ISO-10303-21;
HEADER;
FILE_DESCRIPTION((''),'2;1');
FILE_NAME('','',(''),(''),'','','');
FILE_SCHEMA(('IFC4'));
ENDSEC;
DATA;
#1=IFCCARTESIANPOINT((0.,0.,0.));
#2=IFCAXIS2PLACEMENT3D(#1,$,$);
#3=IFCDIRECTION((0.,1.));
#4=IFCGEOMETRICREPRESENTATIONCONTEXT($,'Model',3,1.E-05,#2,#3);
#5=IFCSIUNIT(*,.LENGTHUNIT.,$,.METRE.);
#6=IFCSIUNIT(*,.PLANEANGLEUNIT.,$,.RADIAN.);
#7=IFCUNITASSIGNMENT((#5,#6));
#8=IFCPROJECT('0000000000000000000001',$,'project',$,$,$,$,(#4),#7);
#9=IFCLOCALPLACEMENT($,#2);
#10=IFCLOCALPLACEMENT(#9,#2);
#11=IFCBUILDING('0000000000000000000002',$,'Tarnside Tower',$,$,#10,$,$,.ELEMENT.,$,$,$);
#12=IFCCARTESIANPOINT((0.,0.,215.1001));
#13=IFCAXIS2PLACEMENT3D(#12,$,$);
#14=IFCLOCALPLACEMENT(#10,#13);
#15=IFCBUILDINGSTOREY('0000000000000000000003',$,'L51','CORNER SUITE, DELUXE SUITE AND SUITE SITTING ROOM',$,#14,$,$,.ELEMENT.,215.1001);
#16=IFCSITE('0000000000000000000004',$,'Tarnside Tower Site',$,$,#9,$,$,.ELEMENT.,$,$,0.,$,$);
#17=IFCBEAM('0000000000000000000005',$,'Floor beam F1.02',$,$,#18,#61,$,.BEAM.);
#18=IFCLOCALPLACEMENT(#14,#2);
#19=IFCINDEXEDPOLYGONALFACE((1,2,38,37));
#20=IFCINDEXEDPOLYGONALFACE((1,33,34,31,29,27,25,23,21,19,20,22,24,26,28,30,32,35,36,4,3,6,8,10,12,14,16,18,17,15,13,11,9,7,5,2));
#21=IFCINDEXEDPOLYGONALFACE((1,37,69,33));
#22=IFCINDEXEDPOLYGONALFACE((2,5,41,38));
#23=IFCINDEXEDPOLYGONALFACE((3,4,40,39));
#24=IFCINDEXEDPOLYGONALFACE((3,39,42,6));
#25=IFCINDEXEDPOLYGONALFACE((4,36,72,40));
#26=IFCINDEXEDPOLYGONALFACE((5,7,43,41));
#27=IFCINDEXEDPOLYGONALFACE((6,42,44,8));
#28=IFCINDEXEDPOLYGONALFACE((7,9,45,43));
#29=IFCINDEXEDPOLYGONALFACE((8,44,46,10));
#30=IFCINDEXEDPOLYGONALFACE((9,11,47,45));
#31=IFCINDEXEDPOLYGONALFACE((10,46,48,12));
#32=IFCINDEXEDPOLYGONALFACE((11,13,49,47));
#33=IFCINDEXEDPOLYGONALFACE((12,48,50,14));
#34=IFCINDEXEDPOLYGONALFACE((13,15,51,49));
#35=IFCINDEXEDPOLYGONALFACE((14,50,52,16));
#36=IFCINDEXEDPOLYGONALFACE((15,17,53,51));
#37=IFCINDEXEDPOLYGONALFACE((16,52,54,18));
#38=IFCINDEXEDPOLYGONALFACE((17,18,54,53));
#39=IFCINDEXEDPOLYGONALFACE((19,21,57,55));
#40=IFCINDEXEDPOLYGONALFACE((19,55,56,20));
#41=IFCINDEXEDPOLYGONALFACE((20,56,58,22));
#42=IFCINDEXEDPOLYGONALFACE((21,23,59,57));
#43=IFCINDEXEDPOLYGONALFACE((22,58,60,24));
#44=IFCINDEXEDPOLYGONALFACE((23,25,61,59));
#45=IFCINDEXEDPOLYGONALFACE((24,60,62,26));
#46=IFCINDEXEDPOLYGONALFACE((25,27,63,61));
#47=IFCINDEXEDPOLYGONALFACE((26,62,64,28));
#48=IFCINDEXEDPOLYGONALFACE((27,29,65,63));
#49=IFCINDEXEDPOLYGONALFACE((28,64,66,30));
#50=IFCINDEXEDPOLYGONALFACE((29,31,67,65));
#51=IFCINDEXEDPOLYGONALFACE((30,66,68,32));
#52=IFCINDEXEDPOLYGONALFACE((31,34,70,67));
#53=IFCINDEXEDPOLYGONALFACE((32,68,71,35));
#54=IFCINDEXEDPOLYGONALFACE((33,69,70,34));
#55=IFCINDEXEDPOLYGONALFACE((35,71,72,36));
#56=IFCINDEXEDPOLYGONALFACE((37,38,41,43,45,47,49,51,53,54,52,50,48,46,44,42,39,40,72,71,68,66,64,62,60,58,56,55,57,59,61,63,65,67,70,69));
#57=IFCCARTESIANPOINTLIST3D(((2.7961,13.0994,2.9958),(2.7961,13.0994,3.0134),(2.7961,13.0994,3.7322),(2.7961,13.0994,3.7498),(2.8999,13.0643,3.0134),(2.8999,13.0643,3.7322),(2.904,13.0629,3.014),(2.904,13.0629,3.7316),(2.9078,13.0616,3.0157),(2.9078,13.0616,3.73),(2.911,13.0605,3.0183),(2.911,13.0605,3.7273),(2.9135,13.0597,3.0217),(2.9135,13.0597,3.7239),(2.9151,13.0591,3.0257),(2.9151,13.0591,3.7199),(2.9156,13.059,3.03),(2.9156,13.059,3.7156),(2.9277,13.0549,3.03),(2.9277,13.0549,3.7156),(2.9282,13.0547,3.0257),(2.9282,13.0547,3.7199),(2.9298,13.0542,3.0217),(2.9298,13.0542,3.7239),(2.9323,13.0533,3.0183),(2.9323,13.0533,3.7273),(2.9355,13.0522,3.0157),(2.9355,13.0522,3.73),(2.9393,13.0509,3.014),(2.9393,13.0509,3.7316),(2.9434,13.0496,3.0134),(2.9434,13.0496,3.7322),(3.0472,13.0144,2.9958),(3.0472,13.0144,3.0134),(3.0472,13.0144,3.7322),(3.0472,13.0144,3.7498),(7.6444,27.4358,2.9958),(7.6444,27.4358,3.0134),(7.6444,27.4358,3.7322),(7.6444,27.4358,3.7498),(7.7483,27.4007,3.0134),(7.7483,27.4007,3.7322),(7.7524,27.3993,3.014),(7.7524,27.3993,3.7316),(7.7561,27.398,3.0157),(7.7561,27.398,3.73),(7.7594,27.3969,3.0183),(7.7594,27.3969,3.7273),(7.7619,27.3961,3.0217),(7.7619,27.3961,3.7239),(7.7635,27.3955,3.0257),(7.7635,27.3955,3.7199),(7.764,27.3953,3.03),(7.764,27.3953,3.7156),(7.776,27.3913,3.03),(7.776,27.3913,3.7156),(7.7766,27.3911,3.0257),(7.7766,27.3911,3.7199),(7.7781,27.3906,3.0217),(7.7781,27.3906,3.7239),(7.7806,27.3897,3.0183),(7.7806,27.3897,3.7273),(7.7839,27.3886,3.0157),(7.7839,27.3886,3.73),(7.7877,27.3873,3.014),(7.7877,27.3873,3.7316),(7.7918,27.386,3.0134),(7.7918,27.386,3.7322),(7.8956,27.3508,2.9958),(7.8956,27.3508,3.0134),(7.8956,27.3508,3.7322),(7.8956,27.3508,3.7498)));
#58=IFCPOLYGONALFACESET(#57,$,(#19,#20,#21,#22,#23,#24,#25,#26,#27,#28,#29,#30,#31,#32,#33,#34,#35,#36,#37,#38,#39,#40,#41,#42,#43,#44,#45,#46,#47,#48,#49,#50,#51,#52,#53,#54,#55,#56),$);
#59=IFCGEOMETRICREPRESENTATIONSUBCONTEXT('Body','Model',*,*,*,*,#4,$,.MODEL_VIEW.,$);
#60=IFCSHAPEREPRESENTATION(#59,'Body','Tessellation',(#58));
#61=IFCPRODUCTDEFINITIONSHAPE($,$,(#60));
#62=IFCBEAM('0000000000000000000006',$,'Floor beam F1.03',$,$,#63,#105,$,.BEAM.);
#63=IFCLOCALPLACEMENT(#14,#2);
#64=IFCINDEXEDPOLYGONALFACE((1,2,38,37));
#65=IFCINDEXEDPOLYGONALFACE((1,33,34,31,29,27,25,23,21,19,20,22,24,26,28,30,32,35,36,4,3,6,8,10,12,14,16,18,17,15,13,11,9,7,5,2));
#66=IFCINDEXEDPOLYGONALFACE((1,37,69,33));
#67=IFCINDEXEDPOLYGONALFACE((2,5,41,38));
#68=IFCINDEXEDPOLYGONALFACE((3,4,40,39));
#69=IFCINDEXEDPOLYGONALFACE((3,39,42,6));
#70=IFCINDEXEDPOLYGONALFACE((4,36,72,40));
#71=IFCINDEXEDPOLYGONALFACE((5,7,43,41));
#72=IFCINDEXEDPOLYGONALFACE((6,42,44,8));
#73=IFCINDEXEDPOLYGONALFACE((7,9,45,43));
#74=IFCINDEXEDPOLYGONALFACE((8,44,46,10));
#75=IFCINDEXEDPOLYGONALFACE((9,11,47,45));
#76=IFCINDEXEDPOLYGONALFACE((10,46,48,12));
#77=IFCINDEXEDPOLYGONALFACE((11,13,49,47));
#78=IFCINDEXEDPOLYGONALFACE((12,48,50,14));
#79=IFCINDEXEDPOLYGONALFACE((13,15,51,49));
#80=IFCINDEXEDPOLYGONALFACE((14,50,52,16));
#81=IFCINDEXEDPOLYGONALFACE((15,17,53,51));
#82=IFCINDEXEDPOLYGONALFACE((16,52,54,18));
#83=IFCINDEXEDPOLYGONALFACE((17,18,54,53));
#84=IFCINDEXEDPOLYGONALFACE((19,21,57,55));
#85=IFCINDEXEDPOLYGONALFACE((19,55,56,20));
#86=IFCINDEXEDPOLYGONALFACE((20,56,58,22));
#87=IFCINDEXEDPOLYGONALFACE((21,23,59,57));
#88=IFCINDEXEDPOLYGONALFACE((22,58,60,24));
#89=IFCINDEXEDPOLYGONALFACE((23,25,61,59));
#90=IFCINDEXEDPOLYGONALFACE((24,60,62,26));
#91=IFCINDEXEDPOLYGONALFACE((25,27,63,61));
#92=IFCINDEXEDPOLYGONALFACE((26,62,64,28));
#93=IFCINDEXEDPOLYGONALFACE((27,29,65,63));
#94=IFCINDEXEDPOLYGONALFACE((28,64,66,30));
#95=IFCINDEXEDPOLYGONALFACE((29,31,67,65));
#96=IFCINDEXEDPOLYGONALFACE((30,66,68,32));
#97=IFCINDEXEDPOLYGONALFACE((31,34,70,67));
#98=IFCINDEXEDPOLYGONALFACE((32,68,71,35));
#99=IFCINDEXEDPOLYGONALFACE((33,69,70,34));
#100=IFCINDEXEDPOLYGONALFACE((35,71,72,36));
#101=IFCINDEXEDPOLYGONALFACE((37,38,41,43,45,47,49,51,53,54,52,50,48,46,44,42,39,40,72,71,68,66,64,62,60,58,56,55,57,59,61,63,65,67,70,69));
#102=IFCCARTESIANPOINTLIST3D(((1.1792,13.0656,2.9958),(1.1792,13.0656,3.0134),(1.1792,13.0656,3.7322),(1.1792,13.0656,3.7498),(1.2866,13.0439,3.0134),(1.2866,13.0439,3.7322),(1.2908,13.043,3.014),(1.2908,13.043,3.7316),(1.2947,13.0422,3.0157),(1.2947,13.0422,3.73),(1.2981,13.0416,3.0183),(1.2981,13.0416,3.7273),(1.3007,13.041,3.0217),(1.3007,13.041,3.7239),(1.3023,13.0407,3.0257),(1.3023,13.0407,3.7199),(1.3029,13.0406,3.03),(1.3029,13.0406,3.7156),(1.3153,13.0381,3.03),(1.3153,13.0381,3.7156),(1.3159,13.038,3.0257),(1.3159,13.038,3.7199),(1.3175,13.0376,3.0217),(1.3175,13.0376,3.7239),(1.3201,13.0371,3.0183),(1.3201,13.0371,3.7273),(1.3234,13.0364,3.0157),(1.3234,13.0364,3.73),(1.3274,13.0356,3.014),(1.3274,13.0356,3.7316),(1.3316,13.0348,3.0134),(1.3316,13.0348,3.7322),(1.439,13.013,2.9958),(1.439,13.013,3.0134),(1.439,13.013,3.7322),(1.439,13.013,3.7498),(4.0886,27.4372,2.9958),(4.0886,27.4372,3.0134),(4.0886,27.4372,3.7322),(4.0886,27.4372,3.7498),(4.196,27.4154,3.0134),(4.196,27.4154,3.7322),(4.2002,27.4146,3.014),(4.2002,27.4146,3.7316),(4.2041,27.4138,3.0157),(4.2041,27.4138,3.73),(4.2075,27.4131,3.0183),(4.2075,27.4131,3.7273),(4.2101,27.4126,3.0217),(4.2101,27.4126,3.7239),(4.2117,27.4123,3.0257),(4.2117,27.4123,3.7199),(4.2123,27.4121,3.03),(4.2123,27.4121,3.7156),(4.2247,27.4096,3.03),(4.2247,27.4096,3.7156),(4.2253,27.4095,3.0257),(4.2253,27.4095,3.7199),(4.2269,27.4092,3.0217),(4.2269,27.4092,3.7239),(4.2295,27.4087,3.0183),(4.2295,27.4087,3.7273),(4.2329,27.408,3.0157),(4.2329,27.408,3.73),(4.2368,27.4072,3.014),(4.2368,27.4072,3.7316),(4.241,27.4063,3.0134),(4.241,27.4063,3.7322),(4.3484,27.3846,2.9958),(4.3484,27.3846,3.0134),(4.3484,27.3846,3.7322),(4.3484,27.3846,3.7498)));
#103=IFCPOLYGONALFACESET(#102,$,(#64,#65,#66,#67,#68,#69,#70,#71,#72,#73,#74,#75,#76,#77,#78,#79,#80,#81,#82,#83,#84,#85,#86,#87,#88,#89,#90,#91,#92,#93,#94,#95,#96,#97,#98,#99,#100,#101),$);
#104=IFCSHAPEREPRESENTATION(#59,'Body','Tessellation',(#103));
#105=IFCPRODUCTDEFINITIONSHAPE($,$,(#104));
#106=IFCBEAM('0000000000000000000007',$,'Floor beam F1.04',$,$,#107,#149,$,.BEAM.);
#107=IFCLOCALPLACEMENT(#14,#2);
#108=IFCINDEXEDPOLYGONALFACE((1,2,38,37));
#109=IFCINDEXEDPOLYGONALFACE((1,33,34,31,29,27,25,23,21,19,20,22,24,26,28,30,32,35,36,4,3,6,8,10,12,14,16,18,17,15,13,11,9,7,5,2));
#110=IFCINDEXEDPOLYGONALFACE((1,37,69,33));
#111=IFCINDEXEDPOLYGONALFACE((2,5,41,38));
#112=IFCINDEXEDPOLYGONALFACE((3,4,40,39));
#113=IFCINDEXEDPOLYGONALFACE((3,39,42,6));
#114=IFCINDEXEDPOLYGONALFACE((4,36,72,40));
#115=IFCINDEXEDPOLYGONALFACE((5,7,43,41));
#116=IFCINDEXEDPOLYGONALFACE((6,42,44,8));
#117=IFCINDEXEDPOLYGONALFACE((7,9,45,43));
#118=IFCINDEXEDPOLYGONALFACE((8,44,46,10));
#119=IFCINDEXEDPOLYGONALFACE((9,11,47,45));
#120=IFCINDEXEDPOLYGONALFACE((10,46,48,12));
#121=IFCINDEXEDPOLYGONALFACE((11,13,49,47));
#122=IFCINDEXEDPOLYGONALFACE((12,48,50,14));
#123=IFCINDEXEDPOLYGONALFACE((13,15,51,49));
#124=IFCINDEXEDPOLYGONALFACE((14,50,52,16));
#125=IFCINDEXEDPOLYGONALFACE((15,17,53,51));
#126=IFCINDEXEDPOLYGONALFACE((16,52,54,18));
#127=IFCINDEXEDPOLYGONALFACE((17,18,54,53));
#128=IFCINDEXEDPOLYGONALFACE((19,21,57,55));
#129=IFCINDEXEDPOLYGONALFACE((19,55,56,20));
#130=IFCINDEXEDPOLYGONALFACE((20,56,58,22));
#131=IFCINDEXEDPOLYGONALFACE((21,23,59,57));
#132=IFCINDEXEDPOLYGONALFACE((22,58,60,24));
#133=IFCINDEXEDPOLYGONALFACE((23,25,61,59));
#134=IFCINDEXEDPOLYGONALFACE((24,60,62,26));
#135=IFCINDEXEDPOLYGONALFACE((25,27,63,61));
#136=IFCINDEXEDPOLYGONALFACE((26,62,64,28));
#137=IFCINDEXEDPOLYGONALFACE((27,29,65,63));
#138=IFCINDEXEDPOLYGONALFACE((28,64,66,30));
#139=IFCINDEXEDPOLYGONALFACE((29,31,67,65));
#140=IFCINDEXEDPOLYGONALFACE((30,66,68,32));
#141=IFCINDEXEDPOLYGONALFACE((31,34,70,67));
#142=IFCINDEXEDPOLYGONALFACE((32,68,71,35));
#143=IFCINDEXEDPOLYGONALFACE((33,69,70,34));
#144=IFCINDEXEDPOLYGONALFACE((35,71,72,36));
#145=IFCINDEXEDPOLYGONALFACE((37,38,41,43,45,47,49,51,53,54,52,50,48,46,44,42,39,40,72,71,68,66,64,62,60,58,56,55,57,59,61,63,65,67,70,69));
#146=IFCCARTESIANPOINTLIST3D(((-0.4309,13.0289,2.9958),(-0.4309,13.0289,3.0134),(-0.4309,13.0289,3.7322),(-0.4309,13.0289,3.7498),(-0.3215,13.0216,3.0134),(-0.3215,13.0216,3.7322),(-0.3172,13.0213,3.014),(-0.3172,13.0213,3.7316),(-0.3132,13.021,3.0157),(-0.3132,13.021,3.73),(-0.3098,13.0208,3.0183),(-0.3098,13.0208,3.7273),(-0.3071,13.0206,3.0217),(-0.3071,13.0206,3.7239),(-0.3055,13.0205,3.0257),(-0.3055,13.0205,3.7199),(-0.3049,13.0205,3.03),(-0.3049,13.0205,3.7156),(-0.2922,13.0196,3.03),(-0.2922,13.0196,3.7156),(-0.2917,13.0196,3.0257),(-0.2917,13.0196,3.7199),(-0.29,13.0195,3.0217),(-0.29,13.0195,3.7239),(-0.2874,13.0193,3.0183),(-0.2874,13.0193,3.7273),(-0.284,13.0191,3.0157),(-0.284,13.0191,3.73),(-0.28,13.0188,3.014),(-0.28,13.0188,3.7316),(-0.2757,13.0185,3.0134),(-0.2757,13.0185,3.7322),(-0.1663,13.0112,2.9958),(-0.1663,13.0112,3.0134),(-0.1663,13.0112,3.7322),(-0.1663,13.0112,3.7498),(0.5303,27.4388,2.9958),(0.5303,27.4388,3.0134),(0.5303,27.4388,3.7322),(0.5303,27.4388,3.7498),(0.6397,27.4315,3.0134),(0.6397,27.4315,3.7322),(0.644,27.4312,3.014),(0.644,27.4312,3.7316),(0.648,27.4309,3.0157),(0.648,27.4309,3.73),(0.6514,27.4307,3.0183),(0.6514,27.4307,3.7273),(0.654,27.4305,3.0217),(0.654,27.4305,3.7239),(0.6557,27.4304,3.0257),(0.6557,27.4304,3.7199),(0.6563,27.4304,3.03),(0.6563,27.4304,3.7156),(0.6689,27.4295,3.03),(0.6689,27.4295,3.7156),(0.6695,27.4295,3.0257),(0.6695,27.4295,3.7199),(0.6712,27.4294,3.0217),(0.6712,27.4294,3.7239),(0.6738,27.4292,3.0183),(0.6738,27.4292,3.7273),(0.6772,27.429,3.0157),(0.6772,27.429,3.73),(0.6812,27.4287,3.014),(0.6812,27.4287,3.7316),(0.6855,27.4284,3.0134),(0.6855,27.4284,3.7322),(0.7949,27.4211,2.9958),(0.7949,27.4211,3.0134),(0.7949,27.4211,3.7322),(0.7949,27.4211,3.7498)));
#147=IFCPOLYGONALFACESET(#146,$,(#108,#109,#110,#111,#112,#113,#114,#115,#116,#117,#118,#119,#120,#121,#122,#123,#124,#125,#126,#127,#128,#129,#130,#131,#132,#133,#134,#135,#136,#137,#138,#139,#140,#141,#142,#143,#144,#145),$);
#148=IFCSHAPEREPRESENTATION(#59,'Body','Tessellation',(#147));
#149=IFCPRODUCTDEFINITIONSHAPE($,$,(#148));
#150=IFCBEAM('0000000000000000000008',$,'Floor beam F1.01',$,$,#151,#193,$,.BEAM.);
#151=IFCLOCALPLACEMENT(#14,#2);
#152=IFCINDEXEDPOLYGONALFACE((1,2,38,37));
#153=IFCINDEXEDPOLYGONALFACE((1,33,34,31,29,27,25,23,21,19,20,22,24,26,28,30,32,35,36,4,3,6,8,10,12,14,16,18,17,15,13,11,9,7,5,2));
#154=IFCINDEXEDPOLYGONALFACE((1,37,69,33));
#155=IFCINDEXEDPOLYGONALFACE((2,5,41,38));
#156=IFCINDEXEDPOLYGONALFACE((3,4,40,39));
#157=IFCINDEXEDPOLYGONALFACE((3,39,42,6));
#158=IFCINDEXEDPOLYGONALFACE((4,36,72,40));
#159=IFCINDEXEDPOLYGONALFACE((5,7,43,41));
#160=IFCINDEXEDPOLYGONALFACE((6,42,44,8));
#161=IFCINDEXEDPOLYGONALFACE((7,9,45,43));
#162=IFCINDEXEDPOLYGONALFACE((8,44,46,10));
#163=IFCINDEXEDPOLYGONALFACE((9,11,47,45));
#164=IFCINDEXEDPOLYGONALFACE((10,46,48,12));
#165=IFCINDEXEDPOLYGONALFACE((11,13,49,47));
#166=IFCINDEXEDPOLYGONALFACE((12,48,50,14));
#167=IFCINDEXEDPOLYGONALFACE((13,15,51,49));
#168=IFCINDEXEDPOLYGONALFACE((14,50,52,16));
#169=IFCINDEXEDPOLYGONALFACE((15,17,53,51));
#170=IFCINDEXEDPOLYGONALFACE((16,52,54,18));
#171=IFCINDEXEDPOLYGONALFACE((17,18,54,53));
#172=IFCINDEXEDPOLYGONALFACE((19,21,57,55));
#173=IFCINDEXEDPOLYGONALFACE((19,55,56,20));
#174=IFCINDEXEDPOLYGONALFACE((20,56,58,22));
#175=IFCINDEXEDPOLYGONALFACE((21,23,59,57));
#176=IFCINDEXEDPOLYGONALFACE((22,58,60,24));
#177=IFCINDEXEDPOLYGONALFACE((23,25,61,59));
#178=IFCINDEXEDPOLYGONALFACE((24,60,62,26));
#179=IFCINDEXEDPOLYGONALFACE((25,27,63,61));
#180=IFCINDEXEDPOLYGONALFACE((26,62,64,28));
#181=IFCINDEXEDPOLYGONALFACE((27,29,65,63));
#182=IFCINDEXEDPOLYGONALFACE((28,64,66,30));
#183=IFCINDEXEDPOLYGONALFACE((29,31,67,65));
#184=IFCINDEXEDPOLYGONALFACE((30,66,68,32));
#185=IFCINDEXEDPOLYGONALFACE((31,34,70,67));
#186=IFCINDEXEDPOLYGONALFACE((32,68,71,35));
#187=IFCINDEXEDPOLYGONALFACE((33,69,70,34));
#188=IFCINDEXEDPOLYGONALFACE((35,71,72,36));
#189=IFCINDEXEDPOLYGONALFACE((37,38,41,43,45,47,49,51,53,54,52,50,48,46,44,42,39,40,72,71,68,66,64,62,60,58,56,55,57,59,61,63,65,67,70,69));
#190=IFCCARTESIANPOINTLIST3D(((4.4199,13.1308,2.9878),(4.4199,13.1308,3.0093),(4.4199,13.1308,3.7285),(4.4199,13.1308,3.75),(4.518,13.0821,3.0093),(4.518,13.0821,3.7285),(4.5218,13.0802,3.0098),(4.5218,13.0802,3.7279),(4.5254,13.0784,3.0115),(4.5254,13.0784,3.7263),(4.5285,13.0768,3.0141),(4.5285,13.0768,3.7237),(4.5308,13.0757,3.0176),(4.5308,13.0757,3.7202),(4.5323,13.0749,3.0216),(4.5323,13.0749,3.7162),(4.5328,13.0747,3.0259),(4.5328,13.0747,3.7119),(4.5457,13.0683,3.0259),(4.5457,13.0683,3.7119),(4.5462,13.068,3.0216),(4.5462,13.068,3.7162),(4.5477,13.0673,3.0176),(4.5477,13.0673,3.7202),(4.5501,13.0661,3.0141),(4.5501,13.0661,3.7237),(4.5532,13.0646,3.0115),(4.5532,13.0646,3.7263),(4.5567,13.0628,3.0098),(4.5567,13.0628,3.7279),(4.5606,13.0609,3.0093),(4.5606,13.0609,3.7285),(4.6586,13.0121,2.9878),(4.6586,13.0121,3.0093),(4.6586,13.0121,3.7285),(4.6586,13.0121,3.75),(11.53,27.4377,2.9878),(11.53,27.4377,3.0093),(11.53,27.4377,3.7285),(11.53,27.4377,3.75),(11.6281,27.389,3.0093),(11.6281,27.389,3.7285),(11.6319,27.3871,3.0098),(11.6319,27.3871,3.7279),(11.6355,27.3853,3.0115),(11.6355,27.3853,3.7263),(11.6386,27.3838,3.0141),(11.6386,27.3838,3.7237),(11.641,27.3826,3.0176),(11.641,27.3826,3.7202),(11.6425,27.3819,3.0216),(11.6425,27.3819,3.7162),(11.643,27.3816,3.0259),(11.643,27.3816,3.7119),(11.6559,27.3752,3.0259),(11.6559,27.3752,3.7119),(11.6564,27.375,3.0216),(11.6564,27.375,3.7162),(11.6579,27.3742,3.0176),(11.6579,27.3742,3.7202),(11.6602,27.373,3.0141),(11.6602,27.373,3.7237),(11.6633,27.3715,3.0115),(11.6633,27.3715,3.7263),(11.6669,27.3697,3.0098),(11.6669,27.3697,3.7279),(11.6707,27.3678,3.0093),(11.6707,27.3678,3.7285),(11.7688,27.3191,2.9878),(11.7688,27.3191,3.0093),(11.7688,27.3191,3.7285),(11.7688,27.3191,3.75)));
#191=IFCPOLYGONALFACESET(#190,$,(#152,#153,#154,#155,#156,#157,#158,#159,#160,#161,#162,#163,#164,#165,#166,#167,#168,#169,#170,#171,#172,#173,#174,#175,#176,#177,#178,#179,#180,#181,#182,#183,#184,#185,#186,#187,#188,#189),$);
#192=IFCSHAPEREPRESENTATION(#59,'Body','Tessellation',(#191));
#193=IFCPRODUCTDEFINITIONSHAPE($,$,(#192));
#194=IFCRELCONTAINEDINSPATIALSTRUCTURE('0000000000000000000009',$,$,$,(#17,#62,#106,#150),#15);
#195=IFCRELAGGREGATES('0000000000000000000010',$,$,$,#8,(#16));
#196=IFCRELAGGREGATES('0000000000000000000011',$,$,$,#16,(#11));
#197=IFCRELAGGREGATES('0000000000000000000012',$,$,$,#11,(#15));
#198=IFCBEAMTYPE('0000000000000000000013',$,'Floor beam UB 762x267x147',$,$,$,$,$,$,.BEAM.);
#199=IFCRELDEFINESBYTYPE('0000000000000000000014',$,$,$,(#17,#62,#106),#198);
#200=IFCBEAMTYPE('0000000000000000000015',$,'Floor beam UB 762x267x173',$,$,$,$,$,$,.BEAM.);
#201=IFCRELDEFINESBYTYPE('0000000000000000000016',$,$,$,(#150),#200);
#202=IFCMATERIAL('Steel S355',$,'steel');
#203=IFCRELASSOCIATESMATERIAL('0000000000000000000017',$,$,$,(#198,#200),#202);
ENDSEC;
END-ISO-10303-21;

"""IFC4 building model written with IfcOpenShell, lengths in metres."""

from ifc_helpers import new_model, si_unit, direction, frame, origin, origin_2d, place, context, subcontext, project, spatial, i_section, extrude, material, material_profile, profile_set, type_object, element, save


model = new_model("IFC4")

# Units and contexts
model_context = context("Model", 3, precision=1e-05, world=origin(), true_north=direction((0.0, 1.0)))
body_context = subcontext(model_context, "Body", "Model", "MODEL_VIEW")
ifc_project = project(units=[si_unit("LENGTHUNIT", "METRE"), si_unit("PLANEANGLEUNIT", "RADIAN")], contexts=[model_context])

# Site, building, storey
site_placement = place(None, origin())
site = spatial("IfcSite", under=ifc_project, at=site_placement, Name="Tarnside Tower Site", CompositionType="ELEMENT", RefElevation=0.0)
building_placement = place(site_placement, origin())
building = spatial("IfcBuilding", under=site, at=building_placement, Name="Tarnside Tower", CompositionType="ELEMENT")
storey_placement = place(building_placement, frame((0.0, 0.0, 215.1001)))
storey = spatial("IfcBuildingStorey", under=building, at=storey_placement, Name="L51", Description="CORNER SUITE, DELUXE SUITE AND SUITE SITTING ROOM", CompositionType="ELEMENT", Elevation=215.1001)

# Beams
ifc_material_1 = material(Name="Steel S355", Category="steel")
ifc_material_profile_1 = material_profile(ifc_material_1, i_section(OverallWidth=0.2651, OverallDepth=0.7539, WebThickness=0.0127, FlangeThickness=0.0176, FilletRadius=0.0166, at=origin_2d()), Name="UB 762x267x147")
ifc_profile_set_1 = profile_set([ifc_material_profile_1], Name="Steel S355")
beam_type_1 = type_object("IfcBeamType", Name="Floor beam UB 762x267x147", PredefinedType="BEAM", material=ifc_profile_set_1)
beam_1_placement = place(storey_placement, frame((7.77, 27.3933, 3.3728), z_axis=(-0.320363, -0.947295, 0.0), x_axis=(0.947295, -0.320363, 0.0)))
element("IfcBeam", 1, at=beam_1_placement, inside=storey, type_object=beam_type_1, Name="Floor beam F1.02", PredefinedType="BEAM", context=body_context, shape_type="SweptSolid", body=[
    extrude(i_section(OverallWidth=0.2651, OverallDepth=0.7539, WebThickness=0.0127, FlangeThickness=0.0176, FilletRadius=0.0166, at=origin_2d()), origin(), (0.0, 0.0, 1.0), 15.134),
])
beam_2_placement = place(storey_placement, frame((4.2185, 27.4109, 3.3728), z_axis=(-0.198418, -0.980118, 0.0), x_axis=(0.980118, -0.198418, 0.0)))
element("IfcBeam", 2, at=beam_2_placement, inside=storey, type_object=beam_type_1, Name="Floor beam F1.03", PredefinedType="BEAM", context=body_context, shape_type="SweptSolid", body=[
    extrude(i_section(OverallWidth=0.2651, OverallDepth=0.7539, WebThickness=0.0127, FlangeThickness=0.0176, FilletRadius=0.0166, at=origin_2d()), origin(), (0.0, 0.0, 1.0), 14.6631),
])
beam_3_placement = place(storey_placement, frame((0.6626, 27.4299, 3.3728), z_axis=(-0.066555, -0.997783, 0.0), x_axis=(0.997783, -0.066555, 0.0)))
element("IfcBeam", 3, at=beam_3_placement, inside=storey, type_object=beam_type_1, Name="Floor beam F1.04", PredefinedType="BEAM", context=body_context, shape_type="SweptSolid", body=[
    extrude(i_section(OverallWidth=0.2651, OverallDepth=0.7539, WebThickness=0.0127, FlangeThickness=0.0176, FilletRadius=0.0166, at=origin_2d()), origin(), (0.0, 0.0, 1.0), 14.4419),
])
ifc_material_profile_2 = material_profile(ifc_material_1, i_section(OverallWidth=0.2666, OverallDepth=0.7622, WebThickness=0.0144, FlangeThickness=0.0215, FilletRadius=0.0166, at=origin_2d()), Name="UB 762x267x173")
ifc_profile_set_2 = profile_set([ifc_material_profile_2], Name="Steel S355")
beam_type_2 = type_object("IfcBeamType", Name="Floor beam UB 762x267x173", PredefinedType="BEAM", material=ifc_profile_set_2)
beam_4_placement = place(storey_placement, frame((11.6494, 27.3784, 3.3689), z_axis=(-0.445042, -0.89551, 0.0), x_axis=(0.89551, -0.445042, 0.0)))
element("IfcBeam", 4, at=beam_4_placement, inside=storey, type_object=beam_type_2, Name="Floor beam F1.01", PredefinedType="BEAM", context=body_context, shape_type="SweptSolid", body=[
    extrude(i_section(OverallWidth=0.2666, OverallDepth=0.7622, WebThickness=0.0144, FlangeThickness=0.0215, FilletRadius=0.0166, at=origin_2d()), origin(), (0.0, 0.0, 1.0), 15.9763),
])

save(model, "model.ifc")
